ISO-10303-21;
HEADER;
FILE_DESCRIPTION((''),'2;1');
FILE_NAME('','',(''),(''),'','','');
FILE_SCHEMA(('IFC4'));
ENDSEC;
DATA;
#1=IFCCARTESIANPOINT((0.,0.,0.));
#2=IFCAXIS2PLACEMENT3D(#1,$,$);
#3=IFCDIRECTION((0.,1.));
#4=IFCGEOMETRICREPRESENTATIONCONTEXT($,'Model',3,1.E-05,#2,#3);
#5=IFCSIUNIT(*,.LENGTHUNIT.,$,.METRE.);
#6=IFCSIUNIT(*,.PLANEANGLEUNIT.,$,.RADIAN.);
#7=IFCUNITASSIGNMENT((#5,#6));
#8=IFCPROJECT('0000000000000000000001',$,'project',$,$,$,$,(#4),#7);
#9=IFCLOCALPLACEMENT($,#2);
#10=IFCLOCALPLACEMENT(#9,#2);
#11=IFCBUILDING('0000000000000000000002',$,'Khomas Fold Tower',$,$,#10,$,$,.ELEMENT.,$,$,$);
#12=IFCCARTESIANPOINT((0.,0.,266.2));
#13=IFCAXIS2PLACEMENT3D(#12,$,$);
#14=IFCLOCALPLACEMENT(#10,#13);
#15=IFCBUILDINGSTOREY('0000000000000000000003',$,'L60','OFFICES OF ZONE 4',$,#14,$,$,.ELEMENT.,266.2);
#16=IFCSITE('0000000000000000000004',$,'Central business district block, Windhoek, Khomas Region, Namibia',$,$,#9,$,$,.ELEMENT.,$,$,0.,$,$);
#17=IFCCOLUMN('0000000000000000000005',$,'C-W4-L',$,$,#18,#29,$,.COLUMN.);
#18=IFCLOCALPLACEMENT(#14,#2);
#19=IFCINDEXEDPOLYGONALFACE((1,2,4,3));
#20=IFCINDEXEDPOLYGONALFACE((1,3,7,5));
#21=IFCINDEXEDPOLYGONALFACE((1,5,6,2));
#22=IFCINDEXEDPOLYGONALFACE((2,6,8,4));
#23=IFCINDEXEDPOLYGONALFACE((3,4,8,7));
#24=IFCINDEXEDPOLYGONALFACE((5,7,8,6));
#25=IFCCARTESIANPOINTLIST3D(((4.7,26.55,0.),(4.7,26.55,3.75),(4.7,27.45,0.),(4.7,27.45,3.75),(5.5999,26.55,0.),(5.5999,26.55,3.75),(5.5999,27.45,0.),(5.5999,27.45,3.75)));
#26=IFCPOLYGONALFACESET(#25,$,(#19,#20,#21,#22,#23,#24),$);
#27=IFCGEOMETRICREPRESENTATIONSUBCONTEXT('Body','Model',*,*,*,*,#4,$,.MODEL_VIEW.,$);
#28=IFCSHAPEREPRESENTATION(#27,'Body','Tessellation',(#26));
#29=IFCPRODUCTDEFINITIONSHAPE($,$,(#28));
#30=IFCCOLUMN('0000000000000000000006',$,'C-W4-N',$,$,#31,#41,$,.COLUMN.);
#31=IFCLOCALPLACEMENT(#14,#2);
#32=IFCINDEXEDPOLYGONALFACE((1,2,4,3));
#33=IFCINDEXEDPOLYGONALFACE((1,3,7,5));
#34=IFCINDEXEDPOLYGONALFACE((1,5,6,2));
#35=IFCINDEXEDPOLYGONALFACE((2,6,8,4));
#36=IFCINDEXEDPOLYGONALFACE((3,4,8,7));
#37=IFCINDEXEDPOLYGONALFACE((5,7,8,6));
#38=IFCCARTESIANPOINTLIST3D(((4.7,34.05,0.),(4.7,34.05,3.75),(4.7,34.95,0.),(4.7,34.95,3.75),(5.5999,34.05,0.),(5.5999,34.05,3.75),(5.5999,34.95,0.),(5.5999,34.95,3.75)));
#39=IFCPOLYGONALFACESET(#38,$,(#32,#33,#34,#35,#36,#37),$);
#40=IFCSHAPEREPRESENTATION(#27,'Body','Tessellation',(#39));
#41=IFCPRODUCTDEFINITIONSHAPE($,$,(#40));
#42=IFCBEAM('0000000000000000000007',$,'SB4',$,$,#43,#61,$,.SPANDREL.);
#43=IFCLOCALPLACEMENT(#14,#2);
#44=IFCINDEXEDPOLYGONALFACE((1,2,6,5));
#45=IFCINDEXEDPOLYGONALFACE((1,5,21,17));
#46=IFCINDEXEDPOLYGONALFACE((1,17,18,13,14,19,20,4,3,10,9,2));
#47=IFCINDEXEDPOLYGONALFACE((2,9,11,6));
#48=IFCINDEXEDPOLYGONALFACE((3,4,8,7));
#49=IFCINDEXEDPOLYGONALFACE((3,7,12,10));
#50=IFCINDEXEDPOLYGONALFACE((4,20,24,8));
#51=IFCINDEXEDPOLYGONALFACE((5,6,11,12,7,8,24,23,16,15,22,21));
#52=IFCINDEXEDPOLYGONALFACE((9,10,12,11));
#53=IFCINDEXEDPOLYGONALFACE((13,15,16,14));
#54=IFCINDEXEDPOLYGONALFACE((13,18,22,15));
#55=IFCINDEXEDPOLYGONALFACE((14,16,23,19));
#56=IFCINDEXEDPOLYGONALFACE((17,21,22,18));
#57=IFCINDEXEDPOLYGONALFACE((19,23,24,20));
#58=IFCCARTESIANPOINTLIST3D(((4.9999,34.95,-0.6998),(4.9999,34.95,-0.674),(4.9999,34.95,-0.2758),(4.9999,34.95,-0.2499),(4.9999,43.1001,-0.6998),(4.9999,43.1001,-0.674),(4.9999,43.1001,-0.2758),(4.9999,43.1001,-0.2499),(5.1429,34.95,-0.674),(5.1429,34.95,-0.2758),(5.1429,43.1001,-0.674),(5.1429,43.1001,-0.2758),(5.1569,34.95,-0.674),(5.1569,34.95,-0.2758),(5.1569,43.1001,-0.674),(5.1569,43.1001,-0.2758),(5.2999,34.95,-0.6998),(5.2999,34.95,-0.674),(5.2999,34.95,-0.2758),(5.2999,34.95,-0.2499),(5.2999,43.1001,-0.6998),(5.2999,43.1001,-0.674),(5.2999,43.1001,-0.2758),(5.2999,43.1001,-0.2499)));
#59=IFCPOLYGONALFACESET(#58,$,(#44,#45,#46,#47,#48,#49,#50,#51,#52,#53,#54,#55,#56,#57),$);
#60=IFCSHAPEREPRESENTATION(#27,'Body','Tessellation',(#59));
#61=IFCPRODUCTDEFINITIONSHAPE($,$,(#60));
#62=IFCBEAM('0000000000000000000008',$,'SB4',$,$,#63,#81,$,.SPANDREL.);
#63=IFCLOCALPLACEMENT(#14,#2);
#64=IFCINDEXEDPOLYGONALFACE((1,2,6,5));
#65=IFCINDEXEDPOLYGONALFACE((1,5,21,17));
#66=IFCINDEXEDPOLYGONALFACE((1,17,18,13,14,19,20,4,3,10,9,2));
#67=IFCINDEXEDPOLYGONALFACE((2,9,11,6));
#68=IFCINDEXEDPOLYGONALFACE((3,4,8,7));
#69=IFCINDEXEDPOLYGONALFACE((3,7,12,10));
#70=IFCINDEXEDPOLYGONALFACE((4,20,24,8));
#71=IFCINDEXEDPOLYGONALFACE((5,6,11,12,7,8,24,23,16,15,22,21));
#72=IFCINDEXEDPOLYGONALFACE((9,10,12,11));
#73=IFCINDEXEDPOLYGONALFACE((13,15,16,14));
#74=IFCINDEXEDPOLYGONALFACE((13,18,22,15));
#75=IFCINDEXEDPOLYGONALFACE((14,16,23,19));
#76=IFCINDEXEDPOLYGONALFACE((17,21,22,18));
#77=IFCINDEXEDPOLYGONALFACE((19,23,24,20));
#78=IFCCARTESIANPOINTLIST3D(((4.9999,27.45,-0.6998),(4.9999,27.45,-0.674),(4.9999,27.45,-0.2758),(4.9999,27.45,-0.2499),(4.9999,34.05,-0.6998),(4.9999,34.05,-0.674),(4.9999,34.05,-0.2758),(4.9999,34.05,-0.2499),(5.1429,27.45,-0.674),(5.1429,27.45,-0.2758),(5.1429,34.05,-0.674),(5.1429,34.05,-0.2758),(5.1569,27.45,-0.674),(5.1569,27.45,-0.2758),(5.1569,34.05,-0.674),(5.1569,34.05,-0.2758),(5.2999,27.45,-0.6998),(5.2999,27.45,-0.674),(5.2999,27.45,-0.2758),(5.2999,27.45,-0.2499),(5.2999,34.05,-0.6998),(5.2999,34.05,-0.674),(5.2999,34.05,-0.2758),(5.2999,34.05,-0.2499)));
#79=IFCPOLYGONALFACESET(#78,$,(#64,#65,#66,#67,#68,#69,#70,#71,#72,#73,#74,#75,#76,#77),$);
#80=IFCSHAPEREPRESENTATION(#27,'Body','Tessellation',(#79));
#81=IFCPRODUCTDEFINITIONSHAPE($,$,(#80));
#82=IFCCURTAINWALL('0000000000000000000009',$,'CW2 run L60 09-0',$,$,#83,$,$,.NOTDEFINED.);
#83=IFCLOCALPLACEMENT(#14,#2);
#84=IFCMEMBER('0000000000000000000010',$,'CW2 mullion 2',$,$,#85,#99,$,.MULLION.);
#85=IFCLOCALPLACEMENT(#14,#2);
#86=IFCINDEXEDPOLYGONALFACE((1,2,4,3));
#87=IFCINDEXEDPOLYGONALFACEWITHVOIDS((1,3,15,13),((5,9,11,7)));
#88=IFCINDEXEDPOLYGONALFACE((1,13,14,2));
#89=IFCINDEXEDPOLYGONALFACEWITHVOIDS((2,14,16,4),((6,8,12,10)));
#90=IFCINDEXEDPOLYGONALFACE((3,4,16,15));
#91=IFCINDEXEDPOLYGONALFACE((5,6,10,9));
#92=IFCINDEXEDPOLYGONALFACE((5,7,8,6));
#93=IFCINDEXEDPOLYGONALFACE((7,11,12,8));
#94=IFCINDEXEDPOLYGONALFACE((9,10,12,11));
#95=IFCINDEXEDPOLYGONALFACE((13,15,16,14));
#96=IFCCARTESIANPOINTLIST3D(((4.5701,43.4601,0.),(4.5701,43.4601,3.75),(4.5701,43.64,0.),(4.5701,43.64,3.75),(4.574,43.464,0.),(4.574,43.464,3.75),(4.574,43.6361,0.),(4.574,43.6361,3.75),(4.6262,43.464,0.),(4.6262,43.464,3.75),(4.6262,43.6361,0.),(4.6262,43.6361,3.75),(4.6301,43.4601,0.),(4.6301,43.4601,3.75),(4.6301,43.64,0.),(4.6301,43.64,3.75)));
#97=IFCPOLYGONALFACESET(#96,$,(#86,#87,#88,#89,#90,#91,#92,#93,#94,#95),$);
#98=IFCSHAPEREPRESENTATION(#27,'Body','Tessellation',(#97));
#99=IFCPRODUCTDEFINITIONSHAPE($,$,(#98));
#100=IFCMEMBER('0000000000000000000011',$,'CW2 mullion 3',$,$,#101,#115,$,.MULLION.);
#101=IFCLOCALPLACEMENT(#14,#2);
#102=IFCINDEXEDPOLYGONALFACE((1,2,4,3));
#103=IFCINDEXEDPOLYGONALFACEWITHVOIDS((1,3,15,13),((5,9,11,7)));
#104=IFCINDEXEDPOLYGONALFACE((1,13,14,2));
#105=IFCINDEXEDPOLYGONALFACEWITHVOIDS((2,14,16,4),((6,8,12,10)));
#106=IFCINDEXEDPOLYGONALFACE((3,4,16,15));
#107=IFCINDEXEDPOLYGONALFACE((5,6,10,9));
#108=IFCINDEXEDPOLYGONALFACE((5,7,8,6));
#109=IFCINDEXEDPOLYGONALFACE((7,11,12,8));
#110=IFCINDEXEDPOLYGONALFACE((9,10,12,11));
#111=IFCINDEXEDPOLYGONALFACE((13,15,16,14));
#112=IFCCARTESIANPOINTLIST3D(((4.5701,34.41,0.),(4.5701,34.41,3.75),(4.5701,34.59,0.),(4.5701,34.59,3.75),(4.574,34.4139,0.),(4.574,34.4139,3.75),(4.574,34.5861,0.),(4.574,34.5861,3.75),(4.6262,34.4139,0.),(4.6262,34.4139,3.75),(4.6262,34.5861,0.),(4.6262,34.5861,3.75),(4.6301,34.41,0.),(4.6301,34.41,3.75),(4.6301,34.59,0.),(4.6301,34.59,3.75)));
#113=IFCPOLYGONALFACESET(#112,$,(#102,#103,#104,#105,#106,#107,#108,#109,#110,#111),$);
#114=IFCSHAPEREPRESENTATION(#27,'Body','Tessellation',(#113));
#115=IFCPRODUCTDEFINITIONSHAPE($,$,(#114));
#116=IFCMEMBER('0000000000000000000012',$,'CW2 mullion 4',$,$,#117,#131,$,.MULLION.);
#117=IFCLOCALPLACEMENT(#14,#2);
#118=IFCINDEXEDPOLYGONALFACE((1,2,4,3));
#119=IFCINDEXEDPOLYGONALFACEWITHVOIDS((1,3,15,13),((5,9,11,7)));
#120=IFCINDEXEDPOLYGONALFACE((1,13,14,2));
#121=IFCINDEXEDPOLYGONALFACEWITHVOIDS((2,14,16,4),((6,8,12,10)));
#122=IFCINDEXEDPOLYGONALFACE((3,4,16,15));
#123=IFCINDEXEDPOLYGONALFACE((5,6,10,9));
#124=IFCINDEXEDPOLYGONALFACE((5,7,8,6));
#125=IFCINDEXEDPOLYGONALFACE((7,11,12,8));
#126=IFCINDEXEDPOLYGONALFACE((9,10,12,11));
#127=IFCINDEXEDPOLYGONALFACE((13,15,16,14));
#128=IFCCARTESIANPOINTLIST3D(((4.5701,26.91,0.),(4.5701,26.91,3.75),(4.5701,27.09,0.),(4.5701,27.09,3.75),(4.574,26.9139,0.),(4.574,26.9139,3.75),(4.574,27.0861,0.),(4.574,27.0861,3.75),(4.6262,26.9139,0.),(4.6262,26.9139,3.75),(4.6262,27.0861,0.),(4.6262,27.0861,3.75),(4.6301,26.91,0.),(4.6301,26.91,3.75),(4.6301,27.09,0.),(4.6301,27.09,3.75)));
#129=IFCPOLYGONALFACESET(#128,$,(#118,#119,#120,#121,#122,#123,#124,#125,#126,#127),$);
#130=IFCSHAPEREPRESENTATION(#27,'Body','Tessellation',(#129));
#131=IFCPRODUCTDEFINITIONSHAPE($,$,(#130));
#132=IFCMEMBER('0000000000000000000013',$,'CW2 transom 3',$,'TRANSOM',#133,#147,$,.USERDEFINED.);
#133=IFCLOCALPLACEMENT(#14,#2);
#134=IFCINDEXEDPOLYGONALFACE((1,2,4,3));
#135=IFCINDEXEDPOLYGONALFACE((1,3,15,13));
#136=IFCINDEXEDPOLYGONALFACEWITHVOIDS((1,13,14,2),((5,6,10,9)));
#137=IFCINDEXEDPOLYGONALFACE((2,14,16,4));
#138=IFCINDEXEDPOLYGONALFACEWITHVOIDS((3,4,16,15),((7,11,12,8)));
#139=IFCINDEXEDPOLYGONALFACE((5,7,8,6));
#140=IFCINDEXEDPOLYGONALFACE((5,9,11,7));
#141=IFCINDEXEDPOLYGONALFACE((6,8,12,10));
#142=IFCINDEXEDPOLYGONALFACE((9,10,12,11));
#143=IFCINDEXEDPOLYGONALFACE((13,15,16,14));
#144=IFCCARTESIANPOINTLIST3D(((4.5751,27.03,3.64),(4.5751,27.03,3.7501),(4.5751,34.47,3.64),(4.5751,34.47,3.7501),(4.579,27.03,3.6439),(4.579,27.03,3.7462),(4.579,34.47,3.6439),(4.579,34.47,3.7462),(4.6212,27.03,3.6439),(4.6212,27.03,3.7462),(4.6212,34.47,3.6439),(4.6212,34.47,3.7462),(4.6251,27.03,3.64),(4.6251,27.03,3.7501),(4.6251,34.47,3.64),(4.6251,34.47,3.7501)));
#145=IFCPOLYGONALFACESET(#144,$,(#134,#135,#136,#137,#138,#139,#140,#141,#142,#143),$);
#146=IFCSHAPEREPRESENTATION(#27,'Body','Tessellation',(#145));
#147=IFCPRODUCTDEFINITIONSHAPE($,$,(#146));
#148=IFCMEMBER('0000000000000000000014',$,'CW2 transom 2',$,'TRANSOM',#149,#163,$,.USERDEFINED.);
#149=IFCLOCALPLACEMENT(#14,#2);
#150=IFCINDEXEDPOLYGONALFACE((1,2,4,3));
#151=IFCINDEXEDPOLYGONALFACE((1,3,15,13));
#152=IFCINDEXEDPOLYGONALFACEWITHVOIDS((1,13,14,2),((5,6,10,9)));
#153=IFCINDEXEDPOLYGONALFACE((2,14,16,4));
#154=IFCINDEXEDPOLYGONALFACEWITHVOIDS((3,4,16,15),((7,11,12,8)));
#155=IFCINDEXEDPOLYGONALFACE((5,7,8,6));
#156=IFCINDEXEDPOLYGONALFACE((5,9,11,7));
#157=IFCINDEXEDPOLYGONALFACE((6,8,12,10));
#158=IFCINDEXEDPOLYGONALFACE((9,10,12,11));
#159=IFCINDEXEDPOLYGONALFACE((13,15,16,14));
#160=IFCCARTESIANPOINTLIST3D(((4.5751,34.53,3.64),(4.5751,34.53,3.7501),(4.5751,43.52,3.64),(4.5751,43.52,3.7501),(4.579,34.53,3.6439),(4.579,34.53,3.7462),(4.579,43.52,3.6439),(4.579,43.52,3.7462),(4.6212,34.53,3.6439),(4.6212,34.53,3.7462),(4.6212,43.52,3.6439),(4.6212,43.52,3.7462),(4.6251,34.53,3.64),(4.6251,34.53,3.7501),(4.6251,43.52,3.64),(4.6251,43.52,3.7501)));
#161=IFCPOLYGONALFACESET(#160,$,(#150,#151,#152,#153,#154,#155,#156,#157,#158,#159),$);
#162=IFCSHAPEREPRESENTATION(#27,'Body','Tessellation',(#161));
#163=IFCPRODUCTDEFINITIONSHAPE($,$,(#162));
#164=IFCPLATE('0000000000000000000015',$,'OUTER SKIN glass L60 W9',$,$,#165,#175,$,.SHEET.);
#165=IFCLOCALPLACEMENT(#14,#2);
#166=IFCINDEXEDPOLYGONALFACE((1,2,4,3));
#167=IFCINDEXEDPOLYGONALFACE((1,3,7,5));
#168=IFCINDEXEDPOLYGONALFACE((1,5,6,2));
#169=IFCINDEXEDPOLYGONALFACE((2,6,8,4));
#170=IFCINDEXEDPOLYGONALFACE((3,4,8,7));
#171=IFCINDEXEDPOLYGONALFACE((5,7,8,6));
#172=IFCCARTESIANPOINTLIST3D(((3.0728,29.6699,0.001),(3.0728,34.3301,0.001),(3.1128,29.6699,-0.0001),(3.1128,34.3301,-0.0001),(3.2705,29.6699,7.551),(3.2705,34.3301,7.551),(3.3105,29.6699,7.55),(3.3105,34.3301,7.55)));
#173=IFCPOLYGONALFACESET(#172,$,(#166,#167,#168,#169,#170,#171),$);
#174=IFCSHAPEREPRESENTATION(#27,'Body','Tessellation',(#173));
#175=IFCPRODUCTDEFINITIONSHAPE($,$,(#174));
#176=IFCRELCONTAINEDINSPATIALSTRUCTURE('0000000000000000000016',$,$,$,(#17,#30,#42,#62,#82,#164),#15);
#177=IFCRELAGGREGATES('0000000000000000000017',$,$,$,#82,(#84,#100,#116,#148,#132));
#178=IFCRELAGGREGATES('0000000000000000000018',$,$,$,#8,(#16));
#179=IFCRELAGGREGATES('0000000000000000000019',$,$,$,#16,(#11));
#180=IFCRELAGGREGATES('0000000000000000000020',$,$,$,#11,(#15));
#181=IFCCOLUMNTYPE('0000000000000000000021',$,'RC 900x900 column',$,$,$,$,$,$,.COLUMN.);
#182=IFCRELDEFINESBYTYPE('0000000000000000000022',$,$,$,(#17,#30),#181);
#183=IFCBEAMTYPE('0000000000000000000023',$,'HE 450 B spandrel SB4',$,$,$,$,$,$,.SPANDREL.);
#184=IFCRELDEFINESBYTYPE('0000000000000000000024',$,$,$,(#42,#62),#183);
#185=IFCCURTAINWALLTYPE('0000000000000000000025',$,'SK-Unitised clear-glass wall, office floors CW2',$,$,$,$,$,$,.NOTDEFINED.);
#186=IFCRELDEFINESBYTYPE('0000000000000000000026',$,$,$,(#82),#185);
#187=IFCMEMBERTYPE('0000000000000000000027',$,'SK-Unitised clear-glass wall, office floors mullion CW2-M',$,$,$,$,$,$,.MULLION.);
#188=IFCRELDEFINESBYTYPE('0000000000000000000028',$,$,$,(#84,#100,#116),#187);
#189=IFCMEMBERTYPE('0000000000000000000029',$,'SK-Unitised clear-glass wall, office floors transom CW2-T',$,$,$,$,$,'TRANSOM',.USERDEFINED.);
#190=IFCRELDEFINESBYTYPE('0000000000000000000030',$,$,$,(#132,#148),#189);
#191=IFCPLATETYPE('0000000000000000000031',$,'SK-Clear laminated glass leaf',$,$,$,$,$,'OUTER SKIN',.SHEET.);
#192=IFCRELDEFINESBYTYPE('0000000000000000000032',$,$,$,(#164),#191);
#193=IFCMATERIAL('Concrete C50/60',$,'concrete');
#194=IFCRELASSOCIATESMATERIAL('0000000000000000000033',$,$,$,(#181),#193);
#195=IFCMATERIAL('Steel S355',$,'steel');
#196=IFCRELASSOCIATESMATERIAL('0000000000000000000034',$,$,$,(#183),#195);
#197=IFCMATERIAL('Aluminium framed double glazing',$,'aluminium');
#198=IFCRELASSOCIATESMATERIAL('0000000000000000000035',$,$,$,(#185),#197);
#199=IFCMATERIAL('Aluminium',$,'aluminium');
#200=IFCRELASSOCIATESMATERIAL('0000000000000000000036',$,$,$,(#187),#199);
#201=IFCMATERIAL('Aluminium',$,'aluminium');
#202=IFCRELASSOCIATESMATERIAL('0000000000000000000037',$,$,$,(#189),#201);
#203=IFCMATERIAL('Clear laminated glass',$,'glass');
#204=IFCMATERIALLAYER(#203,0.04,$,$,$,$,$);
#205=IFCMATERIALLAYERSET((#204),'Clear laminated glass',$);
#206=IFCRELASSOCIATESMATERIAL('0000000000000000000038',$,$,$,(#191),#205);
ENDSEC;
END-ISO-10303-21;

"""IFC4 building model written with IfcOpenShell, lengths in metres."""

from ifc_helpers import new_model, si_unit, direction, frame, origin, origin_2d, place, context, subcontext, project, spatial, polyline, rectangle, hollow_rectangle, i_section, outline, extrude, source, transform, mapped, material, layer, layer_set, material_profile, profile_set, type_object, element, aggregate, save


model = new_model("IFC4")

# Units and contexts
model_context = context("Model", 3, precision=1e-05, world=origin(), true_north=direction((0.0, 1.0)))
body_context = subcontext(model_context, "Body", "Model", "MODEL_VIEW")
ifc_project = project(units=[si_unit("LENGTHUNIT", "METRE"), si_unit("PLANEANGLEUNIT", "RADIAN")], contexts=[model_context])

# Site, building, storey
site_placement = place(None, origin())
site = spatial("IfcSite", under=ifc_project, at=site_placement, Name="Central business district block, Windhoek, Khomas Region, Namibia", CompositionType="ELEMENT", RefElevation=0.0)
building_placement = place(site_placement, origin())
building = spatial("IfcBuilding", under=site, at=building_placement, Name="Khomas Fold Tower", CompositionType="ELEMENT")
storey_placement = place(building_placement, frame((0.0, 0.0, 266.2)))
storey = spatial("IfcBuildingStorey", under=building, at=storey_placement, Name="L60", Description="OFFICES OF ZONE 4", CompositionType="ELEMENT", Elevation=266.2)

# Columns
ifc_material_1 = material(Name="Concrete C50/60", Category="concrete")
ifc_material_profile_1 = material_profile(ifc_material_1, rectangle(XDim=0.8999, YDim=0.8999, at=origin_2d()), Name="RC 900x900")
ifc_profile_set_1 = profile_set([ifc_material_profile_1], Name="Concrete C50/60")
column_type = type_object("IfcColumnType", Name="RC 900x900 column", PredefinedType="COLUMN", material=ifc_profile_set_1)
shared_shape_1 = source(origin(), body_context, "Body", "SweptSolid", [
    extrude(rectangle(XDim=0.8999, YDim=0.8999, at=origin_2d()), origin(), (0.0, 0.0, 1.0), 3.75),
])
for number, where, z_axis, x_axis, name in (
    (1, (5.1499, 27.0, 0.0), (0.0, 0.0, 1.0), (1.0, 0.0, 0.0), "C-W4-L"),
    (2, (5.1499, 34.5, 0.0), (0.0, 0.0, 1.0), (1.0, 0.0, 0.0), "C-W4-N"),
):
    element("IfcColumn", number, at=place(storey_placement, frame(where, z_axis=z_axis, x_axis=x_axis)), inside=storey, type_object=column_type, Name=name, PredefinedType="COLUMN", context=body_context, shape_type="MappedRepresentation", body=[
        mapped(shared_shape_1, transform((0.0, 0.0, 0.0))),
    ])

# Beams
ifc_material_2 = material(Name="Steel S355", Category="steel")
ifc_material_profile_2 = material_profile(ifc_material_2, i_section(OverallWidth=0.3, OverallDepth=0.45, WebThickness=0.0139, FlangeThickness=0.0259, at=origin_2d()), Name="HE 450 B")
ifc_profile_set_2 = profile_set([ifc_material_profile_2], Name="Steel S355")
beam_type = type_object("IfcBeamType", Name="HE 450 B spandrel SB4", PredefinedType="SPANDREL", material=ifc_profile_set_2)
shared_shape_2 = source(origin(), body_context, "Body", "SweptSolid", [
    extrude(i_section(OverallWidth=0.3, OverallDepth=0.45, WebThickness=0.0139, FlangeThickness=0.0259, at=origin_2d()), origin(), (0.0, 0.0, 1.0), 8.1501),
])
beam_1_placement = place(storey_placement, frame((5.1499, 34.95, -0.4749), z_axis=(0.0, 1.0, 0.0), x_axis=(-1.0, 0.0, 0.0)))
element("IfcBeam", 3, at=beam_1_placement, inside=storey, type_object=beam_type, Name="SB4", PredefinedType="SPANDREL", context=body_context, shape_type="MappedRepresentation", body=[
    mapped(shared_shape_2, transform((0.0, 0.0, 0.0))),
])
shared_shape_3 = source(origin(), body_context, "Body", "SweptSolid", [
    extrude(i_section(OverallWidth=0.3, OverallDepth=0.45, WebThickness=0.0139, FlangeThickness=0.0259, at=origin_2d()), origin(), (0.0, 0.0, 1.0), 6.6001),
])
beam_2_placement = place(storey_placement, frame((5.1499, 27.45, -0.4749), z_axis=(0.0, 1.0, 0.0), x_axis=(-1.0, 0.0, 0.0)))
element("IfcBeam", 4, at=beam_2_placement, inside=storey, type_object=beam_type, Name="SB4", PredefinedType="SPANDREL", context=body_context, shape_type="MappedRepresentation", body=[
    mapped(shared_shape_3, transform((0.0, 0.0, 0.0))),
])

# Curtain wall, members
ifc_material_3 = material(Name="Aluminium framed double glazing", Category="aluminium")
curtain_wall_type = type_object("IfcCurtainWallType", Name="SK-Unitised clear-glass wall, office floors CW2", PredefinedType="NOTDEFINED", material=ifc_material_3)
curtain_wall_placement = place(storey_placement, origin())
curtain_wall = element("IfcCurtainWall", 5, at=curtain_wall_placement, inside=storey, type_object=curtain_wall_type, Name="CW2 run L60 09-0", PredefinedType="NOTDEFINED")
ifc_material_4 = material(Name="Aluminium", Category="aluminium")
ifc_material_profile_3 = material_profile(ifc_material_4, hollow_rectangle(XDim=0.0601, YDim=0.1799, WallThickness=0.0039, at=origin_2d()), Name="SK-Unitised clear-glass wall, office floors mullion CW2-M")
ifc_profile_set_3 = profile_set([ifc_material_profile_3], Name="Aluminium")
member_type_1 = type_object("IfcMemberType", Name="SK-Unitised clear-glass wall, office floors mullion CW2-M", PredefinedType="MULLION", material=ifc_profile_set_3)
shared_shape_4 = source(origin(), body_context, "Body", "SweptSolid", [
    extrude(hollow_rectangle(XDim=0.0601, YDim=0.1799, WallThickness=0.0039, at=origin_2d()), origin(), (0.0, 0.0, 1.0), 3.75),
])
member_1_placement = place(storey_placement, frame((4.6001, 43.55, 0.0), z_axis=(0.0, 0.0, 1.0), x_axis=(1.0, 0.0, 0.0)))
member_1 = element("IfcMember", 6, at=member_1_placement, type_object=member_type_1, Name="CW2 mullion 2", PredefinedType="MULLION", context=body_context, shape_type="MappedRepresentation", body=[
    mapped(shared_shape_4, transform((0.0, 0.0, 0.0))),
])
member_2_placement = place(storey_placement, frame((4.6001, 34.5, 0.0), z_axis=(0.0, 0.0, 1.0), x_axis=(1.0, 0.0, 0.0)))
member_2 = element("IfcMember", 7, at=member_2_placement, type_object=member_type_1, Name="CW2 mullion 3", PredefinedType="MULLION", context=body_context, shape_type="MappedRepresentation", body=[
    mapped(shared_shape_4, transform((0.0, 0.0, 0.0))),
])
member_3_placement = place(storey_placement, frame((4.6001, 27.0, 0.0), z_axis=(0.0, 0.0, 1.0), x_axis=(1.0, 0.0, 0.0)))
member_3 = element("IfcMember", 8, at=member_3_placement, type_object=member_type_1, Name="CW2 mullion 4", PredefinedType="MULLION", context=body_context, shape_type="MappedRepresentation", body=[
    mapped(shared_shape_4, transform((0.0, 0.0, 0.0))),
])
ifc_material_5 = material(Name="Aluminium", Category="aluminium")
ifc_material_profile_4 = material_profile(ifc_material_5, hollow_rectangle(XDim=0.05, YDim=0.1101, WallThickness=0.0039, at=origin_2d()), Name="SK-Unitised clear-glass wall, office floors transom CW2-T")
ifc_profile_set_4 = profile_set([ifc_material_profile_4], Name="Aluminium")
member_type_2 = type_object("IfcMemberType", Name="SK-Unitised clear-glass wall, office floors transom CW2-T", ElementType="TRANSOM", PredefinedType="USERDEFINED", material=ifc_profile_set_4)
shared_shape_5 = source(origin(), body_context, "Body", "SweptSolid", [
    extrude(hollow_rectangle(XDim=0.05, YDim=0.1101, WallThickness=0.0039, at=origin_2d()), origin(), (0.0, 0.0, 1.0), 7.4399),
])
member_4_placement = place(storey_placement, frame((4.6001, 34.47, 3.6951), z_axis=(0.0, -1.0, 0.0), x_axis=(1.0, 0.0, 0.0)))
member_4 = element("IfcMember", 9, at=member_4_placement, type_object=member_type_2, Name="CW2 transom 3", ObjectType="TRANSOM", PredefinedType="USERDEFINED", context=body_context, shape_type="MappedRepresentation", body=[
    mapped(shared_shape_5, transform((0.0, 0.0, 0.0))),
])
shared_shape_6 = source(origin(), body_context, "Body", "SweptSolid", [
    extrude(hollow_rectangle(XDim=0.05, YDim=0.1101, WallThickness=0.0039, at=origin_2d()), origin(), (0.0, 0.0, 1.0), 8.99),
])
member_5_placement = place(storey_placement, frame((4.6001, 43.52, 3.6951), z_axis=(0.0, -1.0, 0.0), x_axis=(1.0, 0.0, 0.0)))
member_5 = element("IfcMember", 10, at=member_5_placement, type_object=member_type_2, Name="CW2 transom 2", ObjectType="TRANSOM", PredefinedType="USERDEFINED", context=body_context, shape_type="MappedRepresentation", body=[
    mapped(shared_shape_6, transform((0.0, 0.0, 0.0))),
])

# Plate
ifc_material_6 = material(Name="Clear laminated glass", Category="glass")
ifc_layer_1 = layer(ifc_material_6, 0.04)
ifc_layer_set_1 = layer_set([ifc_layer_1], Name="Clear laminated glass")
plate_type_1 = type_object("IfcPlateType", Name="SK-Clear laminated glass leaf", ElementType="OUTER SKIN", PredefinedType="SHEET", material=ifc_layer_set_1)
for number, where, z_axis, x_axis, name in (
    (11, (3.0728, 29.6699, 0.001), (-0.999657, 0.0, 0.026183), (0.0, 1.0, 0.0), "OUTER SKIN glass L60 W9"),
):
    element("IfcPlate", number, at=place(storey_placement, frame(where, z_axis=z_axis, x_axis=x_axis)), inside=storey, type_object=plate_type_1, Name=name, PredefinedType="SHEET", context=body_context, shape_type="SweptSolid", body=[
        extrude(outline(polyline([(0.0, 0.0), (4.6602, 0.0), (4.6602, -7.5526), (0.0, -7.5526), (0.0, 0.0)])), origin(), (0.0, 0.0, -1.0), 0.04),
    ])

aggregate(curtain_wall, [member_1, member_2, member_3, member_5, member_4])

save(model, "model.ifc")
